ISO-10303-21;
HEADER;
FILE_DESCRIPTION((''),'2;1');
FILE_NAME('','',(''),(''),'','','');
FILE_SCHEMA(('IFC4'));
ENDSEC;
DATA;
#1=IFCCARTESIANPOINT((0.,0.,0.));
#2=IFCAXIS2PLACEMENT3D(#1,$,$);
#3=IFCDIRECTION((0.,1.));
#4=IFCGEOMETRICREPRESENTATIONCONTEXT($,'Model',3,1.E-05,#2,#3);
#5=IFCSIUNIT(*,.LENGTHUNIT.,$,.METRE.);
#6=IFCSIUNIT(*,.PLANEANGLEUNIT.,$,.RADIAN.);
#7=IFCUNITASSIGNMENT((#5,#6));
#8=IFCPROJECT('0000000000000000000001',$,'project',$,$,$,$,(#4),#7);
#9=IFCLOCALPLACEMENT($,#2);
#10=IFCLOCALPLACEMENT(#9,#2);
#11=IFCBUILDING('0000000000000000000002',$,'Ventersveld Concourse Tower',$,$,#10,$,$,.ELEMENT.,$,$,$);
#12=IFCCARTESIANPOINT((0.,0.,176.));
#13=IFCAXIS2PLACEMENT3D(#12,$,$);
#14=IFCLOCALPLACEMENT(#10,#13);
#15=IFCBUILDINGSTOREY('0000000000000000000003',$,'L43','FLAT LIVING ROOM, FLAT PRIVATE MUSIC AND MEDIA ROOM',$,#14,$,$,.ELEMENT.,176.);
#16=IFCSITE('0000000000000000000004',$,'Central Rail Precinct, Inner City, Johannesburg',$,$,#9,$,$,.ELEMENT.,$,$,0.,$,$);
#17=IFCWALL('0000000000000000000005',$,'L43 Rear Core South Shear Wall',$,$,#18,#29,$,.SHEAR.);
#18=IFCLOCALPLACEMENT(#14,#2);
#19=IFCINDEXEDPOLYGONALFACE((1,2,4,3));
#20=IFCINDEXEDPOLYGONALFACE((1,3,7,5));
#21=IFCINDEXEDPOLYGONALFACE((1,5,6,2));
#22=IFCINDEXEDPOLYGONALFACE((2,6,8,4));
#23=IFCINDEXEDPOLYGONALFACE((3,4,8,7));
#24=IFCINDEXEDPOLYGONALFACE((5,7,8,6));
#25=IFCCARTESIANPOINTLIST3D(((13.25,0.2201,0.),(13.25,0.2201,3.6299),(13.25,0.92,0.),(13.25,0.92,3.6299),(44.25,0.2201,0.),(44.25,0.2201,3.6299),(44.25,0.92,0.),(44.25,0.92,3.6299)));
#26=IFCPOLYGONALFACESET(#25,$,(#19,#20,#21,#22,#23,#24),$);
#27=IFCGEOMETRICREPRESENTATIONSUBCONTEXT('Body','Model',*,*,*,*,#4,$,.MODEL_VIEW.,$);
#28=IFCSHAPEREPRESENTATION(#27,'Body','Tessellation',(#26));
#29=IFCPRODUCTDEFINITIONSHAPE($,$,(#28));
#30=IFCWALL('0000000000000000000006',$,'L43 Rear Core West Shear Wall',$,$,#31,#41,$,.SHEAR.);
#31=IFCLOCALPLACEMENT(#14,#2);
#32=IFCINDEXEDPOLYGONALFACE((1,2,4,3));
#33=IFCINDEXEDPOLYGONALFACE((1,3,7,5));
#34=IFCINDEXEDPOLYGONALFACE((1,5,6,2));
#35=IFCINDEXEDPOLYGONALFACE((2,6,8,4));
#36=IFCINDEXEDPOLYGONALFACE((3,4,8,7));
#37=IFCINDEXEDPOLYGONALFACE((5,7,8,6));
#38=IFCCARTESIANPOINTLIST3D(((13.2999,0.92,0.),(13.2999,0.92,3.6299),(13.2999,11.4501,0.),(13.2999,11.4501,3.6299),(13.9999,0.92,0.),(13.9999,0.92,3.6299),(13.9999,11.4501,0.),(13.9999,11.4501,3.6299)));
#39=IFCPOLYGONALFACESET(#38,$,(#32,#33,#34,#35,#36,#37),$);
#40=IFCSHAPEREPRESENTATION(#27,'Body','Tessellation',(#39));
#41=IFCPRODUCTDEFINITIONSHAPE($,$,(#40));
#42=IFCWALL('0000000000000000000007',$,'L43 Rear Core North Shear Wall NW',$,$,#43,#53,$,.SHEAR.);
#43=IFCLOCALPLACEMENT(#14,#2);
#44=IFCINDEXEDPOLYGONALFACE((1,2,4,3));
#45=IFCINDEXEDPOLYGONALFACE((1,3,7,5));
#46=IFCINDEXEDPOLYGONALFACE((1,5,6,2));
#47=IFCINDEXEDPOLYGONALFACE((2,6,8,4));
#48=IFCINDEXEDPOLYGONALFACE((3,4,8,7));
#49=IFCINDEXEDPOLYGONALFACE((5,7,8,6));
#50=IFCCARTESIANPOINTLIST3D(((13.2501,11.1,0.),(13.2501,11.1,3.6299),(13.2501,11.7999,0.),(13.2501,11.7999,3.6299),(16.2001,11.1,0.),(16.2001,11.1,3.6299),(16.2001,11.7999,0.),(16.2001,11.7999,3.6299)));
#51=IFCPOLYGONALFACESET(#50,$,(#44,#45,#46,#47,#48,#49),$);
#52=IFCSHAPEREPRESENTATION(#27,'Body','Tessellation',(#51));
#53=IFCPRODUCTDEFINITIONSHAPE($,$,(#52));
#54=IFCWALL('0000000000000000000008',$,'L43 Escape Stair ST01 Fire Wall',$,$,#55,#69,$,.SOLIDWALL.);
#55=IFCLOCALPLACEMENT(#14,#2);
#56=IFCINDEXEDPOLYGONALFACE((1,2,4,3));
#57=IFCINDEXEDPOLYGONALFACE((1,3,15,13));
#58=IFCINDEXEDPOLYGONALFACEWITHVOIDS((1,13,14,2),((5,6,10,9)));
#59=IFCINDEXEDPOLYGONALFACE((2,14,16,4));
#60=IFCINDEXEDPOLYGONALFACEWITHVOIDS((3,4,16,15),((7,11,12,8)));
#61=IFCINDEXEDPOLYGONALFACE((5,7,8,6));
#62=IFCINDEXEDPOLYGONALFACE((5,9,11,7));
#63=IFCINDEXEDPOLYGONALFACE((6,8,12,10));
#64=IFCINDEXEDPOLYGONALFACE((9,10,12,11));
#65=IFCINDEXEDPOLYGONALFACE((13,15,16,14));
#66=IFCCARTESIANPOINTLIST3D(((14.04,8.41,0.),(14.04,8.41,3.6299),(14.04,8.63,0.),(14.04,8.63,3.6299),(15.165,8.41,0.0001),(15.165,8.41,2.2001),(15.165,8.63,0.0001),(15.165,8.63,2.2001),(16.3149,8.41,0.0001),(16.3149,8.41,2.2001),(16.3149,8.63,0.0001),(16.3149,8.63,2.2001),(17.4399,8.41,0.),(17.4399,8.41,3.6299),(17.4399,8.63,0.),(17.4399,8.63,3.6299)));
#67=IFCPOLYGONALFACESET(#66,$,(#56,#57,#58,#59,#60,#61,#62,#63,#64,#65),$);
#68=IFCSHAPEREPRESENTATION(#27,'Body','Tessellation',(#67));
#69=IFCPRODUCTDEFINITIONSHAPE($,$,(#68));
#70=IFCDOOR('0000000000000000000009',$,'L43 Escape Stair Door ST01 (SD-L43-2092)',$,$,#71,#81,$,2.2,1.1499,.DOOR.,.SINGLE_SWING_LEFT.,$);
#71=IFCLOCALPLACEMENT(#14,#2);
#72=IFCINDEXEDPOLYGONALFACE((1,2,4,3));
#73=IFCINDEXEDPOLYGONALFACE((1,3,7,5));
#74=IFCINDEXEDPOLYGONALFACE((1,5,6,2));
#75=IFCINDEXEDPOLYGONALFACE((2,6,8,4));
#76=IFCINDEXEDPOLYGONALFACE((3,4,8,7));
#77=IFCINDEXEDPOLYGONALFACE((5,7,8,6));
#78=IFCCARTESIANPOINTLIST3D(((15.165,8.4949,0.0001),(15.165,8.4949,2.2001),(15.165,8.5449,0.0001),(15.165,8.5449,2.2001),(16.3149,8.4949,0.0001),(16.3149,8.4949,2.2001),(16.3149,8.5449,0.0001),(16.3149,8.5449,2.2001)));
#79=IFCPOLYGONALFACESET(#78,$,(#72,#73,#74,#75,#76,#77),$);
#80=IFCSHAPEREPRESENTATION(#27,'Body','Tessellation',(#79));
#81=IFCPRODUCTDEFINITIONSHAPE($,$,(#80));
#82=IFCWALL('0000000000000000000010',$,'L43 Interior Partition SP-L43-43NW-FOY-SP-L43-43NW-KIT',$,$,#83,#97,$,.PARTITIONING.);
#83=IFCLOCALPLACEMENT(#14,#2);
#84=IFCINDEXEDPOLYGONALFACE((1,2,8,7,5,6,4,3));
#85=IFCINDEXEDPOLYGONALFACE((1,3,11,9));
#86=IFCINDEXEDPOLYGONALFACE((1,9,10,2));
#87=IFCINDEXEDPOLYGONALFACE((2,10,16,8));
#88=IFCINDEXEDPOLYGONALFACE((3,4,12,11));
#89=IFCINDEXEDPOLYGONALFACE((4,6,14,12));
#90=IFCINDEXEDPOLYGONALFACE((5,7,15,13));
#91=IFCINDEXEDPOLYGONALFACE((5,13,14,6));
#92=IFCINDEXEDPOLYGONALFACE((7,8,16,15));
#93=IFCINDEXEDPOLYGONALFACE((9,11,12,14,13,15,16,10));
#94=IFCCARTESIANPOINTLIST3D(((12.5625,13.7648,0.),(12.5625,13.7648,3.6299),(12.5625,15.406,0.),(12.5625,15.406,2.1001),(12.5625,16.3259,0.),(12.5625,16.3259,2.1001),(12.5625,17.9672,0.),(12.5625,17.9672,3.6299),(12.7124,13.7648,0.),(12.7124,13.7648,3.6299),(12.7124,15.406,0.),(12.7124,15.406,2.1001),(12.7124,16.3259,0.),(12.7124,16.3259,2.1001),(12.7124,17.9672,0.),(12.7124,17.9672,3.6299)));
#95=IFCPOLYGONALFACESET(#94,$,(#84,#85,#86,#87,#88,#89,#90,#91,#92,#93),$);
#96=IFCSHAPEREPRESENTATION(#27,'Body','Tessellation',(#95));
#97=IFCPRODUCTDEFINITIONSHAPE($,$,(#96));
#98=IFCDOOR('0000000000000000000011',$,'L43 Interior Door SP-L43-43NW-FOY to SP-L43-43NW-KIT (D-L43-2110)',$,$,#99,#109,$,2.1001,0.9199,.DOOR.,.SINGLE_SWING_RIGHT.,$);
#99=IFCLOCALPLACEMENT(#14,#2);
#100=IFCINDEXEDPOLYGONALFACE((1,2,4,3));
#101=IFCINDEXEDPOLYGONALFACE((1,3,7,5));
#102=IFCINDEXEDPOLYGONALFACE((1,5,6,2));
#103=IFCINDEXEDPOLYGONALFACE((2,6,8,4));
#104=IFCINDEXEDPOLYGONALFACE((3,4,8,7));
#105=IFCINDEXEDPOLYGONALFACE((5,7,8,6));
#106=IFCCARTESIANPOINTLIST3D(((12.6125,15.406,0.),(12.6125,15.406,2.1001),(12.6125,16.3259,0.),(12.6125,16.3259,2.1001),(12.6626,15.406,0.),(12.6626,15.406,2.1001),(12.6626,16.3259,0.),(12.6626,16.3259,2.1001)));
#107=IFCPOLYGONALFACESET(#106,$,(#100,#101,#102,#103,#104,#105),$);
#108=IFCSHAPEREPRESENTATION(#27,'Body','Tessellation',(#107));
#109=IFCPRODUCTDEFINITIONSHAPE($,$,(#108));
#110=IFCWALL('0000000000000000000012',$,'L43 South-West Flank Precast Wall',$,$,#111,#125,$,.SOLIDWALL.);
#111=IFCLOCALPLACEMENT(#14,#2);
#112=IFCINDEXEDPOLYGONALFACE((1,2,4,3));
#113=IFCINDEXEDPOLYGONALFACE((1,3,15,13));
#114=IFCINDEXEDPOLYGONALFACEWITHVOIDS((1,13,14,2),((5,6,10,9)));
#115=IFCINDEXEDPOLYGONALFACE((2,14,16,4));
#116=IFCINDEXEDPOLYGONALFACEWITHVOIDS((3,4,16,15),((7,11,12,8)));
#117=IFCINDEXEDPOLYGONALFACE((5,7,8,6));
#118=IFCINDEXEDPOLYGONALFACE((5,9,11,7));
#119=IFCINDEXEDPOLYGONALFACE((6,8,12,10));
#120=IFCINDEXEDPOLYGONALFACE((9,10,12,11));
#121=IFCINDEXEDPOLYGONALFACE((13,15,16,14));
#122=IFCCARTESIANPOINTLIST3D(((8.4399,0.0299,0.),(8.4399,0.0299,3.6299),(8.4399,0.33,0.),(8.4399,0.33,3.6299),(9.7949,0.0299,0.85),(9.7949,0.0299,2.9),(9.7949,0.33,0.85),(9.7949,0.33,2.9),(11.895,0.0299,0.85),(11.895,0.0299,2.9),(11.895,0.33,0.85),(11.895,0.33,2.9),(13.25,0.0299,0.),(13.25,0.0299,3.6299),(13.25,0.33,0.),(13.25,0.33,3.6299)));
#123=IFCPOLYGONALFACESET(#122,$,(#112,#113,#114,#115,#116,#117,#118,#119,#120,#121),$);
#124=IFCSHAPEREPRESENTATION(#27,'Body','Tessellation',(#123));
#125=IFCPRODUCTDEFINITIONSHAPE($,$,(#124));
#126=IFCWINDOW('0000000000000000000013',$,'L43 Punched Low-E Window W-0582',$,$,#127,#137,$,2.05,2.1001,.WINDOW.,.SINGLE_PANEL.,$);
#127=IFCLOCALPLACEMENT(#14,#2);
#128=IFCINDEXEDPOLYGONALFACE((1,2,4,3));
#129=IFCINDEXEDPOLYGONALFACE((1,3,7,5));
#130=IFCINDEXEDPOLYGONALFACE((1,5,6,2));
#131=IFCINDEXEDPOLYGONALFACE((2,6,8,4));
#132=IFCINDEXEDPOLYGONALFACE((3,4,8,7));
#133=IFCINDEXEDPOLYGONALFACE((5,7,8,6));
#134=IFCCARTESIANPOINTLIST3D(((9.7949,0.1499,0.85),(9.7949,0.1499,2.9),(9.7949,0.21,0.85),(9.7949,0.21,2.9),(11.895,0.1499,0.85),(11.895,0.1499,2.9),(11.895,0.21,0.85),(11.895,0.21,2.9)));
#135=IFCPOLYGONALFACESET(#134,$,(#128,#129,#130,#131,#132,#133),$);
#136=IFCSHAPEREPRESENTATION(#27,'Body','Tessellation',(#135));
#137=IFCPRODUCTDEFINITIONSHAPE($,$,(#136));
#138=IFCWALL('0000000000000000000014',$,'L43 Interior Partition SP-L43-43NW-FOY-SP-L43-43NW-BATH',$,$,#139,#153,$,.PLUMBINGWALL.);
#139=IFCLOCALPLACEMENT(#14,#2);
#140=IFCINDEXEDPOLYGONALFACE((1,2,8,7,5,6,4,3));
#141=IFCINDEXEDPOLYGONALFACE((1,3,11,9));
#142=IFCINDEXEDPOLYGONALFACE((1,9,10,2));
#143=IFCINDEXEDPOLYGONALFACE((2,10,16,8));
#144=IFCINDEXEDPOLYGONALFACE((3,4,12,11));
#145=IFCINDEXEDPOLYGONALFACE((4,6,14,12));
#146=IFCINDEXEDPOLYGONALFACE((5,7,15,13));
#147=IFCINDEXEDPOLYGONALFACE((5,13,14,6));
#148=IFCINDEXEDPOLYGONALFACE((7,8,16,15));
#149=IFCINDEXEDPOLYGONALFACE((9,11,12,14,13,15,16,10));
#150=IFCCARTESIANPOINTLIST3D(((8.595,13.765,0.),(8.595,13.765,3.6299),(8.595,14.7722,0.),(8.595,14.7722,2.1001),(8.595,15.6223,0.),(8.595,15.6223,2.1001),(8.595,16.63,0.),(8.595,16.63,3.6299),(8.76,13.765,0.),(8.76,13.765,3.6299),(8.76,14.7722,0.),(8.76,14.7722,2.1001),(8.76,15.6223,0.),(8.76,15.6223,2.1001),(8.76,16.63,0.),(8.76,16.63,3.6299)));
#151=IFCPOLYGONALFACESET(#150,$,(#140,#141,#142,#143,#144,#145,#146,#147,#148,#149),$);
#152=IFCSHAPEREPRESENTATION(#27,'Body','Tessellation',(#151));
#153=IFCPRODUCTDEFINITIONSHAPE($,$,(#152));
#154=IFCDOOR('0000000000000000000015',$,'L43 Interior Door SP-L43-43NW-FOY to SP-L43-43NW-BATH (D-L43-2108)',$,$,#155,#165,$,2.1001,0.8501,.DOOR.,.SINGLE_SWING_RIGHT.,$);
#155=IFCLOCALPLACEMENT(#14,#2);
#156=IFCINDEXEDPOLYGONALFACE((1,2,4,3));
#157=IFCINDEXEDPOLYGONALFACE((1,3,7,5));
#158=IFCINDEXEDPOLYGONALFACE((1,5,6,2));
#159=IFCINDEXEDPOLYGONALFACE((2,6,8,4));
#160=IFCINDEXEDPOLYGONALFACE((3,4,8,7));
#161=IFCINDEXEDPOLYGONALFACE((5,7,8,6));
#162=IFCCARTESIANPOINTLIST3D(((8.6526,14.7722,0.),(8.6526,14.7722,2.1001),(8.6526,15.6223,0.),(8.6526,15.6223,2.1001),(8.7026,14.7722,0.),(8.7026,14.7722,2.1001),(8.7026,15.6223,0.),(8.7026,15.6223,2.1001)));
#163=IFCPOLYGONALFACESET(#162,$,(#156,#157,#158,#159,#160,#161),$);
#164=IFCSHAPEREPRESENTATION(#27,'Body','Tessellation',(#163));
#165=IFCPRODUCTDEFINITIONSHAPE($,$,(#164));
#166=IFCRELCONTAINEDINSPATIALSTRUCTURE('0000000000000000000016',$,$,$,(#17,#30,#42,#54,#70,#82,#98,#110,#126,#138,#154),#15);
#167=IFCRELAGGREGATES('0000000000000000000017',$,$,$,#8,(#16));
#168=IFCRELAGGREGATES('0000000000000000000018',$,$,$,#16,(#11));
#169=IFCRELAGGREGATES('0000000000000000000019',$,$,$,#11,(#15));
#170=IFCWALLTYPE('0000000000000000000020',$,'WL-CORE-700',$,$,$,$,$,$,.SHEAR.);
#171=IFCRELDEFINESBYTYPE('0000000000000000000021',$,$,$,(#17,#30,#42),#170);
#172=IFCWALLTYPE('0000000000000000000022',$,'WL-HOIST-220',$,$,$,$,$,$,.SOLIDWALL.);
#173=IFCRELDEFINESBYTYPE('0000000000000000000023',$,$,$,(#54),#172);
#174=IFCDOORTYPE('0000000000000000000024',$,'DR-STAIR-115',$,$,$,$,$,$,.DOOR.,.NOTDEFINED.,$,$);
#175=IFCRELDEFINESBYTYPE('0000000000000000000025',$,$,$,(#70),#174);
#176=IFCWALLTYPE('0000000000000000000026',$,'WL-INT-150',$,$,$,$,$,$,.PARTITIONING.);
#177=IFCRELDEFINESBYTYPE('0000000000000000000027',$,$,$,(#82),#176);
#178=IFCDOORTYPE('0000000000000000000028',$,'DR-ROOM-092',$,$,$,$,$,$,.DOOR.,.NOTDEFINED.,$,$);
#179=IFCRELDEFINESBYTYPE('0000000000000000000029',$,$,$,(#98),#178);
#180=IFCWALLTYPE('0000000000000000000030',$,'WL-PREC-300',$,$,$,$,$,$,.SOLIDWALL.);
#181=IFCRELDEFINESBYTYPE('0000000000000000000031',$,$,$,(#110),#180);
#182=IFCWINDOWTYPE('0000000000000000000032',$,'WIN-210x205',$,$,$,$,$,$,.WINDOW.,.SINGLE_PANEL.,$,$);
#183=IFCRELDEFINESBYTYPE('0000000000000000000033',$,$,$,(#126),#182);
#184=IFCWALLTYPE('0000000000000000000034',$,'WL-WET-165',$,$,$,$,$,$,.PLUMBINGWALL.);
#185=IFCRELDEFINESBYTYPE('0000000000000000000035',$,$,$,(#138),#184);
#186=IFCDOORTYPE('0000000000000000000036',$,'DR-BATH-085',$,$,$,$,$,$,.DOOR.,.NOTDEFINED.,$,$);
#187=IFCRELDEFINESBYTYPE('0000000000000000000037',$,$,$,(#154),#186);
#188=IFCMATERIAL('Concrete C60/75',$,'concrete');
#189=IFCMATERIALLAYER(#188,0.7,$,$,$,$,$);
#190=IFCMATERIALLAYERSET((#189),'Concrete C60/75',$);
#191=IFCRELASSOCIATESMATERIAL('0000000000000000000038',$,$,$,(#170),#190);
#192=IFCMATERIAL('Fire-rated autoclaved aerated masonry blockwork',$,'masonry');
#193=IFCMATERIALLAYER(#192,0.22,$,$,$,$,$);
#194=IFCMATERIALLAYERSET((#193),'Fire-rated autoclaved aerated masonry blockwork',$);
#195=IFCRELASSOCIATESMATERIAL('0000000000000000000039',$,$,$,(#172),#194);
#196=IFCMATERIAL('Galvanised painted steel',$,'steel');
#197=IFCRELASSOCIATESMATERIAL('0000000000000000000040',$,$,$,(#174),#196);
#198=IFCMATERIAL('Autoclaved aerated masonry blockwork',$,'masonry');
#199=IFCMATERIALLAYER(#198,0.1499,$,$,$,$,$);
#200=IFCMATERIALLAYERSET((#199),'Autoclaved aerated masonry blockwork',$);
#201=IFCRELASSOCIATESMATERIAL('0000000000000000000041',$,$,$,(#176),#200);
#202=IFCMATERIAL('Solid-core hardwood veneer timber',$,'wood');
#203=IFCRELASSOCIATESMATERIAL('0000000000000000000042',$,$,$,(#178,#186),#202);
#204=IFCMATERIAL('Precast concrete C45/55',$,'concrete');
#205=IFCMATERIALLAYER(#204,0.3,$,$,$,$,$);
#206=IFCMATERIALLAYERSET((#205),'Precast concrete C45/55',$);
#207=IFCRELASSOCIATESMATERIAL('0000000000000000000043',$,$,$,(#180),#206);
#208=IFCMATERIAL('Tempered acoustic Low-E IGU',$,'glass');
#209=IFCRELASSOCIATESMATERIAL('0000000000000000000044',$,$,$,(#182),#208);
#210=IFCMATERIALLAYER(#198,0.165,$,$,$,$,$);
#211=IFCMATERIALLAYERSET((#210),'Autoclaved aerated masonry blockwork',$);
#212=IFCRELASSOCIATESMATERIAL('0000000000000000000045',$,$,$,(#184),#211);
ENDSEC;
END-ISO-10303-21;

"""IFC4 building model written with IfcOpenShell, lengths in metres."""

from ifc_helpers import new_model, si_unit, direction, frame, frame_2d, origin, place, context, subcontext, project, spatial, rectangle, extrude, material, layer, layer_set, type_object, element, fill, save


model = new_model("IFC4")

# Units and contexts
model_context = context("Model", 3, precision=1e-05, world=origin(), true_north=direction((0.0, 1.0)))
body_context = subcontext(model_context, "Body", "Model", "MODEL_VIEW")
ifc_project = project(units=[si_unit("LENGTHUNIT", "METRE"), si_unit("PLANEANGLEUNIT", "RADIAN")], contexts=[model_context])

# Site, building, storey
site_placement = place(None, origin())
site = spatial("IfcSite", under=ifc_project, at=site_placement, Name="Central Rail Precinct, Inner City, Johannesburg", CompositionType="ELEMENT", RefElevation=0.0)
building_placement = place(site_placement, origin())
building = spatial("IfcBuilding", under=site, at=building_placement, Name="Ventersveld Concourse Tower", CompositionType="ELEMENT")
storey_placement = place(building_placement, frame((0.0, 0.0, 176.0)))
storey = spatial("IfcBuildingStorey", under=building, at=storey_placement, Name="L43", Description="FLAT LIVING ROOM, FLAT PRIVATE MUSIC AND MEDIA ROOM", CompositionType="ELEMENT", Elevation=176.0)

# Walls
ifc_material_1 = material(Name="Concrete C60/75", Category="concrete")
ifc_layer_1 = layer(ifc_material_1, 0.7)
ifc_layer_set_1 = layer_set([ifc_layer_1], Name="Concrete C60/75")
wall_type_1 = type_object("IfcWallType", Name="WL-CORE-700", PredefinedType="SHEAR", material=ifc_layer_set_1)
wall_1_placement = place(storey_placement, frame((13.25, 0.5701, 0.0), z_axis=(0.0, 0.0, 1.0), x_axis=(1.0, 0.0, 0.0)))
element("IfcWall", 1, at=wall_1_placement, inside=storey, type_object=wall_type_1, Name="L43 Rear Core South Shear Wall", PredefinedType="SHEAR", context=body_context, shape_type="SweptSolid", body=[
    extrude(rectangle(XDim=31.0, YDim=0.7, at=frame_2d((15.5, 0.0))), origin(), (0.0, 0.0, 1.0), 3.6299),
])
wall_2_placement = place(storey_placement, frame((13.6499, 0.9199, 0.0), z_axis=(0.0, 0.0, 1.0), x_axis=(0.0, 1.0, 0.0)))
element("IfcWall", 2, at=wall_2_placement, inside=storey, type_object=wall_type_1, Name="L43 Rear Core West Shear Wall", PredefinedType="SHEAR", context=body_context, shape_type="SweptSolid", body=[
    extrude(rectangle(XDim=10.53, YDim=0.7, at=frame_2d((5.2651, 0.0))), origin(), (0.0, 0.0, 1.0), 3.6299),
])
wall_3_placement = place(storey_placement, frame((13.25, 11.45, 0.0), z_axis=(0.0, 0.0, 1.0), x_axis=(1.0, 0.0, 0.0)))
element("IfcWall", 3, at=wall_3_placement, inside=storey, type_object=wall_type_1, Name="L43 Rear Core North Shear Wall NW", PredefinedType="SHEAR", context=body_context, shape_type="SweptSolid", body=[
    extrude(rectangle(XDim=2.95, YDim=0.7, at=frame_2d((1.4751, 0.0))), origin(), (0.0, 0.0, 1.0), 3.6299),
])

# Walls, openings, doors
ifc_material_2 = material(Name="Fire-rated autoclaved aerated masonry blockwork", Category="masonry")
ifc_material_3 = material(Name="Solid-core hardwood veneer timber", Category="wood")
ifc_layer_2 = layer(ifc_material_2, 0.22)
ifc_layer_set_2 = layer_set([ifc_layer_2], Name="Fire-rated autoclaved aerated masonry blockwork")
wall_type_2 = type_object("IfcWallType", Name="WL-HOIST-220", PredefinedType="SOLIDWALL", material=ifc_layer_set_2)
wall_4_placement = place(storey_placement, frame((14.04, 8.52, 0.0), z_axis=(0.0, 0.0, 1.0), x_axis=(1.0, 0.0, 0.0)))
wall_4 = element("IfcWall", 4, at=wall_4_placement, inside=storey, type_object=wall_type_2, Name="L43 Escape Stair ST01 Fire Wall", PredefinedType="SOLIDWALL", context=body_context, shape_type="SweptSolid", body=[
    extrude(rectangle(XDim=3.3999, YDim=0.22, at=frame_2d((1.7, 0.0))), origin(), (0.0, 0.0, 1.0), 3.6299),
])
opening_1_placement = place(wall_4_placement, frame((1.125, 0.0, 0.0)))
opening_1 = element("IfcOpeningElement", 5, at=opening_1_placement, cuts=wall_4, PredefinedType="OPENING", context=body_context, shape_type="SweptSolid", body=[
    extrude(rectangle(XDim=1.1499, YDim=2.2, at=frame_2d((0.575, 1.1001))), frame((0.0, 0.1201, 0.0), z_axis=(0.0, -1.0, 0.0), x_axis=(1.0, 0.0, 0.0)), (0.0, 0.0, 1.0), 0.24),
])
ifc_material_4 = material(Name="Galvanised painted steel", Category="steel")
door_type_1 = type_object("IfcDoorType", Name="DR-STAIR-115", OperationType="NOTDEFINED", PredefinedType="DOOR", material=ifc_material_4)
door_1_placement = place(opening_1_placement, origin())
door_1 = element("IfcDoor", 6, at=door_1_placement, inside=storey, type_object=door_type_1, Name="L43 Escape Stair Door ST01 (SD-L43-2092)", OperationType="SINGLE_SWING_LEFT", OverallHeight=2.2, OverallWidth=1.1499, PredefinedType="DOOR", context=body_context, shape_type="SweptSolid", body=[
    extrude(rectangle(XDim=1.1499, YDim=2.2, at=frame_2d((0.575, 1.1001))), frame((0.0, 0.0249, 0.0), z_axis=(0.0, -1.0, 0.0), x_axis=(1.0, 0.0, 0.0)), (0.0, 0.0, 1.0), 0.05),
])
fill(opening_1, door_1)
ifc_material_5 = material(Name="Autoclaved aerated masonry blockwork", Category="masonry")
ifc_layer_3 = layer(ifc_material_5, 0.1499)
ifc_layer_set_3 = layer_set([ifc_layer_3], Name="Autoclaved aerated masonry blockwork")
wall_type_3 = type_object("IfcWallType", Name="WL-INT-150", PredefinedType="PARTITIONING", material=ifc_layer_set_3)
wall_5_placement = place(storey_placement, frame((12.6375, 13.7649, 0.0), z_axis=(0.0, 0.0, 1.0), x_axis=(0.0, 1.0, 0.0)))
wall_5 = element("IfcWall", 7, at=wall_5_placement, inside=storey, type_object=wall_type_3, Name="L43 Interior Partition SP-L43-43NW-FOY-SP-L43-43NW-KIT", PredefinedType="PARTITIONING", context=body_context, shape_type="SweptSolid", body=[
    extrude(rectangle(XDim=4.2024, YDim=0.1499, at=frame_2d((2.1011, 0.0))), origin(), (0.0, 0.0, 1.0), 3.6299),
])
opening_2_placement = place(wall_5_placement, frame((1.6411, 0.0, 0.0)))
opening_2 = element("IfcOpeningElement", 8, at=opening_2_placement, cuts=wall_5, PredefinedType="OPENING", context=body_context, shape_type="SweptSolid", body=[
    extrude(rectangle(XDim=0.9199, YDim=2.1001, at=frame_2d((0.46, 1.05))), frame((0.0, 0.085, 0.0), z_axis=(0.0, -1.0, 0.0), x_axis=(1.0, 0.0, 0.0)), (0.0, 0.0, 1.0), 0.1699),
])
door_type_2 = type_object("IfcDoorType", Name="DR-ROOM-092", OperationType="NOTDEFINED", PredefinedType="DOOR", material=ifc_material_3)
door_2_placement = place(opening_2_placement, origin())
door_2 = element("IfcDoor", 9, at=door_2_placement, inside=storey, type_object=door_type_2, Name="L43 Interior Door SP-L43-43NW-FOY to SP-L43-43NW-KIT (D-L43-2110)", OperationType="SINGLE_SWING_RIGHT", OverallHeight=2.1001, OverallWidth=0.9199, PredefinedType="DOOR", context=body_context, shape_type="SweptSolid", body=[
    extrude(rectangle(XDim=0.9199, YDim=2.1001, at=frame_2d((0.46, 1.05))), frame((0.0, 0.0249, 0.0), z_axis=(0.0, -1.0, 0.0), x_axis=(1.0, 0.0, 0.0)), (0.0, 0.0, 1.0), 0.05),
])
fill(opening_2, door_2)

# Wall, opening, window
ifc_material_6 = material(Name="Precast concrete C45/55", Category="concrete")
ifc_layer_4 = layer(ifc_material_6, 0.3)
ifc_layer_set_4 = layer_set([ifc_layer_4], Name="Precast concrete C45/55")
wall_type_4 = type_object("IfcWallType", Name="WL-PREC-300", PredefinedType="SOLIDWALL", material=ifc_layer_set_4)
wall_6_placement = place(storey_placement, frame((8.4399, 0.1799, 0.0), z_axis=(0.0, 0.0, 1.0), x_axis=(1.0, 0.0, 0.0)))
wall_6 = element("IfcWall", 10, at=wall_6_placement, inside=storey, type_object=wall_type_4, Name="L43 South-West Flank Precast Wall", PredefinedType="SOLIDWALL", context=body_context, shape_type="SweptSolid", body=[
    extrude(rectangle(XDim=4.8101, YDim=0.3, at=frame_2d((2.405, 0.0))), origin(), (0.0, 0.0, 1.0), 3.6299),
])
opening_3_placement = place(wall_6_placement, frame((1.355, 0.0, 0.8501)))
opening_3 = element("IfcOpeningElement", 11, at=opening_3_placement, cuts=wall_6, PredefinedType="OPENING", context=body_context, shape_type="SweptSolid", body=[
    extrude(rectangle(XDim=2.1001, YDim=2.05, at=frame_2d((1.05, 1.0249))), frame((0.0, 0.1602, 0.0), z_axis=(0.0, -1.0, 0.0), x_axis=(1.0, 0.0, 0.0)), (0.0, 0.0, 1.0), 0.3201),
])
ifc_material_7 = material(Name="Tempered acoustic Low-E IGU", Category="glass")
window_type = type_object("IfcWindowType", Name="WIN-210x205", PartitioningType="SINGLE_PANEL", PredefinedType="WINDOW", material=ifc_material_7)
window_placement = place(opening_3_placement, origin())
window = element("IfcWindow", 12, at=window_placement, inside=storey, type_object=window_type, Name="L43 Punched Low-E Window W-0582", OverallHeight=2.05, OverallWidth=2.1001, PartitioningType="SINGLE_PANEL", PredefinedType="WINDOW", context=body_context, shape_type="SweptSolid", body=[
    extrude(rectangle(XDim=2.1001, YDim=2.05, at=frame_2d((1.05, 1.0249))), frame((0.0, 0.03, 0.0), z_axis=(0.0, -1.0, 0.0), x_axis=(1.0, 0.0, 0.0)), (0.0, 0.0, 1.0), 0.0601),
])
fill(opening_3, window)

# Wall, opening, door
ifc_layer_5 = layer(ifc_material_5, 0.165)
ifc_layer_set_5 = layer_set([ifc_layer_5], Name="Autoclaved aerated masonry blockwork")
wall_type_5 = type_object("IfcWallType", Name="WL-WET-165", PredefinedType="PLUMBINGWALL", material=ifc_layer_set_5)
wall_7_placement = place(storey_placement, frame((8.6775, 13.7649, 0.0), z_axis=(0.0, 0.0, 1.0), x_axis=(0.0, 1.0, 0.0)))
wall_7 = element("IfcWall", 13, at=wall_7_placement, inside=storey, type_object=wall_type_5, Name="L43 Interior Partition SP-L43-43NW-FOY-SP-L43-43NW-BATH", PredefinedType="PLUMBINGWALL", context=body_context, shape_type="SweptSolid", body=[
    extrude(rectangle(XDim=2.865, YDim=0.165, at=frame_2d((1.4326, 0.0))), origin(), (0.0, 0.0, 1.0), 3.6299),
])
opening_4_placement = place(wall_7_placement, frame((1.0073, 0.0, 0.0)))
opening_4 = element("IfcOpeningElement", 14, at=opening_4_placement, cuts=wall_7, PredefinedType="OPENING", context=body_context, shape_type="SweptSolid", body=[
    extrude(rectangle(XDim=0.8501, YDim=2.1001, at=frame_2d((0.425, 1.05))), frame((0.0, 0.0925, 0.0), z_axis=(0.0, -1.0, 0.0), x_axis=(1.0, 0.0, 0.0)), (0.0, 0.0, 1.0), 0.1851),
])
door_type_3 = type_object("IfcDoorType", Name="DR-BATH-085", OperationType="NOTDEFINED", PredefinedType="DOOR", material=ifc_material_3)
door_3_placement = place(opening_4_placement, origin())
door_3 = element("IfcDoor", 15, at=door_3_placement, inside=storey, type_object=door_type_3, Name="L43 Interior Door SP-L43-43NW-FOY to SP-L43-43NW-BATH (D-L43-2108)", OperationType="SINGLE_SWING_RIGHT", OverallHeight=2.1001, OverallWidth=0.8501, PredefinedType="DOOR", context=body_context, shape_type="SweptSolid", body=[
    extrude(rectangle(XDim=0.8501, YDim=2.1001, at=frame_2d((0.425, 1.05))), frame((0.0, 0.0249, 0.0), z_axis=(0.0, -1.0, 0.0), x_axis=(1.0, 0.0, 0.0)), (0.0, 0.0, 1.0), 0.05),
])
fill(opening_4, door_3)

save(model, "model.ifc")
